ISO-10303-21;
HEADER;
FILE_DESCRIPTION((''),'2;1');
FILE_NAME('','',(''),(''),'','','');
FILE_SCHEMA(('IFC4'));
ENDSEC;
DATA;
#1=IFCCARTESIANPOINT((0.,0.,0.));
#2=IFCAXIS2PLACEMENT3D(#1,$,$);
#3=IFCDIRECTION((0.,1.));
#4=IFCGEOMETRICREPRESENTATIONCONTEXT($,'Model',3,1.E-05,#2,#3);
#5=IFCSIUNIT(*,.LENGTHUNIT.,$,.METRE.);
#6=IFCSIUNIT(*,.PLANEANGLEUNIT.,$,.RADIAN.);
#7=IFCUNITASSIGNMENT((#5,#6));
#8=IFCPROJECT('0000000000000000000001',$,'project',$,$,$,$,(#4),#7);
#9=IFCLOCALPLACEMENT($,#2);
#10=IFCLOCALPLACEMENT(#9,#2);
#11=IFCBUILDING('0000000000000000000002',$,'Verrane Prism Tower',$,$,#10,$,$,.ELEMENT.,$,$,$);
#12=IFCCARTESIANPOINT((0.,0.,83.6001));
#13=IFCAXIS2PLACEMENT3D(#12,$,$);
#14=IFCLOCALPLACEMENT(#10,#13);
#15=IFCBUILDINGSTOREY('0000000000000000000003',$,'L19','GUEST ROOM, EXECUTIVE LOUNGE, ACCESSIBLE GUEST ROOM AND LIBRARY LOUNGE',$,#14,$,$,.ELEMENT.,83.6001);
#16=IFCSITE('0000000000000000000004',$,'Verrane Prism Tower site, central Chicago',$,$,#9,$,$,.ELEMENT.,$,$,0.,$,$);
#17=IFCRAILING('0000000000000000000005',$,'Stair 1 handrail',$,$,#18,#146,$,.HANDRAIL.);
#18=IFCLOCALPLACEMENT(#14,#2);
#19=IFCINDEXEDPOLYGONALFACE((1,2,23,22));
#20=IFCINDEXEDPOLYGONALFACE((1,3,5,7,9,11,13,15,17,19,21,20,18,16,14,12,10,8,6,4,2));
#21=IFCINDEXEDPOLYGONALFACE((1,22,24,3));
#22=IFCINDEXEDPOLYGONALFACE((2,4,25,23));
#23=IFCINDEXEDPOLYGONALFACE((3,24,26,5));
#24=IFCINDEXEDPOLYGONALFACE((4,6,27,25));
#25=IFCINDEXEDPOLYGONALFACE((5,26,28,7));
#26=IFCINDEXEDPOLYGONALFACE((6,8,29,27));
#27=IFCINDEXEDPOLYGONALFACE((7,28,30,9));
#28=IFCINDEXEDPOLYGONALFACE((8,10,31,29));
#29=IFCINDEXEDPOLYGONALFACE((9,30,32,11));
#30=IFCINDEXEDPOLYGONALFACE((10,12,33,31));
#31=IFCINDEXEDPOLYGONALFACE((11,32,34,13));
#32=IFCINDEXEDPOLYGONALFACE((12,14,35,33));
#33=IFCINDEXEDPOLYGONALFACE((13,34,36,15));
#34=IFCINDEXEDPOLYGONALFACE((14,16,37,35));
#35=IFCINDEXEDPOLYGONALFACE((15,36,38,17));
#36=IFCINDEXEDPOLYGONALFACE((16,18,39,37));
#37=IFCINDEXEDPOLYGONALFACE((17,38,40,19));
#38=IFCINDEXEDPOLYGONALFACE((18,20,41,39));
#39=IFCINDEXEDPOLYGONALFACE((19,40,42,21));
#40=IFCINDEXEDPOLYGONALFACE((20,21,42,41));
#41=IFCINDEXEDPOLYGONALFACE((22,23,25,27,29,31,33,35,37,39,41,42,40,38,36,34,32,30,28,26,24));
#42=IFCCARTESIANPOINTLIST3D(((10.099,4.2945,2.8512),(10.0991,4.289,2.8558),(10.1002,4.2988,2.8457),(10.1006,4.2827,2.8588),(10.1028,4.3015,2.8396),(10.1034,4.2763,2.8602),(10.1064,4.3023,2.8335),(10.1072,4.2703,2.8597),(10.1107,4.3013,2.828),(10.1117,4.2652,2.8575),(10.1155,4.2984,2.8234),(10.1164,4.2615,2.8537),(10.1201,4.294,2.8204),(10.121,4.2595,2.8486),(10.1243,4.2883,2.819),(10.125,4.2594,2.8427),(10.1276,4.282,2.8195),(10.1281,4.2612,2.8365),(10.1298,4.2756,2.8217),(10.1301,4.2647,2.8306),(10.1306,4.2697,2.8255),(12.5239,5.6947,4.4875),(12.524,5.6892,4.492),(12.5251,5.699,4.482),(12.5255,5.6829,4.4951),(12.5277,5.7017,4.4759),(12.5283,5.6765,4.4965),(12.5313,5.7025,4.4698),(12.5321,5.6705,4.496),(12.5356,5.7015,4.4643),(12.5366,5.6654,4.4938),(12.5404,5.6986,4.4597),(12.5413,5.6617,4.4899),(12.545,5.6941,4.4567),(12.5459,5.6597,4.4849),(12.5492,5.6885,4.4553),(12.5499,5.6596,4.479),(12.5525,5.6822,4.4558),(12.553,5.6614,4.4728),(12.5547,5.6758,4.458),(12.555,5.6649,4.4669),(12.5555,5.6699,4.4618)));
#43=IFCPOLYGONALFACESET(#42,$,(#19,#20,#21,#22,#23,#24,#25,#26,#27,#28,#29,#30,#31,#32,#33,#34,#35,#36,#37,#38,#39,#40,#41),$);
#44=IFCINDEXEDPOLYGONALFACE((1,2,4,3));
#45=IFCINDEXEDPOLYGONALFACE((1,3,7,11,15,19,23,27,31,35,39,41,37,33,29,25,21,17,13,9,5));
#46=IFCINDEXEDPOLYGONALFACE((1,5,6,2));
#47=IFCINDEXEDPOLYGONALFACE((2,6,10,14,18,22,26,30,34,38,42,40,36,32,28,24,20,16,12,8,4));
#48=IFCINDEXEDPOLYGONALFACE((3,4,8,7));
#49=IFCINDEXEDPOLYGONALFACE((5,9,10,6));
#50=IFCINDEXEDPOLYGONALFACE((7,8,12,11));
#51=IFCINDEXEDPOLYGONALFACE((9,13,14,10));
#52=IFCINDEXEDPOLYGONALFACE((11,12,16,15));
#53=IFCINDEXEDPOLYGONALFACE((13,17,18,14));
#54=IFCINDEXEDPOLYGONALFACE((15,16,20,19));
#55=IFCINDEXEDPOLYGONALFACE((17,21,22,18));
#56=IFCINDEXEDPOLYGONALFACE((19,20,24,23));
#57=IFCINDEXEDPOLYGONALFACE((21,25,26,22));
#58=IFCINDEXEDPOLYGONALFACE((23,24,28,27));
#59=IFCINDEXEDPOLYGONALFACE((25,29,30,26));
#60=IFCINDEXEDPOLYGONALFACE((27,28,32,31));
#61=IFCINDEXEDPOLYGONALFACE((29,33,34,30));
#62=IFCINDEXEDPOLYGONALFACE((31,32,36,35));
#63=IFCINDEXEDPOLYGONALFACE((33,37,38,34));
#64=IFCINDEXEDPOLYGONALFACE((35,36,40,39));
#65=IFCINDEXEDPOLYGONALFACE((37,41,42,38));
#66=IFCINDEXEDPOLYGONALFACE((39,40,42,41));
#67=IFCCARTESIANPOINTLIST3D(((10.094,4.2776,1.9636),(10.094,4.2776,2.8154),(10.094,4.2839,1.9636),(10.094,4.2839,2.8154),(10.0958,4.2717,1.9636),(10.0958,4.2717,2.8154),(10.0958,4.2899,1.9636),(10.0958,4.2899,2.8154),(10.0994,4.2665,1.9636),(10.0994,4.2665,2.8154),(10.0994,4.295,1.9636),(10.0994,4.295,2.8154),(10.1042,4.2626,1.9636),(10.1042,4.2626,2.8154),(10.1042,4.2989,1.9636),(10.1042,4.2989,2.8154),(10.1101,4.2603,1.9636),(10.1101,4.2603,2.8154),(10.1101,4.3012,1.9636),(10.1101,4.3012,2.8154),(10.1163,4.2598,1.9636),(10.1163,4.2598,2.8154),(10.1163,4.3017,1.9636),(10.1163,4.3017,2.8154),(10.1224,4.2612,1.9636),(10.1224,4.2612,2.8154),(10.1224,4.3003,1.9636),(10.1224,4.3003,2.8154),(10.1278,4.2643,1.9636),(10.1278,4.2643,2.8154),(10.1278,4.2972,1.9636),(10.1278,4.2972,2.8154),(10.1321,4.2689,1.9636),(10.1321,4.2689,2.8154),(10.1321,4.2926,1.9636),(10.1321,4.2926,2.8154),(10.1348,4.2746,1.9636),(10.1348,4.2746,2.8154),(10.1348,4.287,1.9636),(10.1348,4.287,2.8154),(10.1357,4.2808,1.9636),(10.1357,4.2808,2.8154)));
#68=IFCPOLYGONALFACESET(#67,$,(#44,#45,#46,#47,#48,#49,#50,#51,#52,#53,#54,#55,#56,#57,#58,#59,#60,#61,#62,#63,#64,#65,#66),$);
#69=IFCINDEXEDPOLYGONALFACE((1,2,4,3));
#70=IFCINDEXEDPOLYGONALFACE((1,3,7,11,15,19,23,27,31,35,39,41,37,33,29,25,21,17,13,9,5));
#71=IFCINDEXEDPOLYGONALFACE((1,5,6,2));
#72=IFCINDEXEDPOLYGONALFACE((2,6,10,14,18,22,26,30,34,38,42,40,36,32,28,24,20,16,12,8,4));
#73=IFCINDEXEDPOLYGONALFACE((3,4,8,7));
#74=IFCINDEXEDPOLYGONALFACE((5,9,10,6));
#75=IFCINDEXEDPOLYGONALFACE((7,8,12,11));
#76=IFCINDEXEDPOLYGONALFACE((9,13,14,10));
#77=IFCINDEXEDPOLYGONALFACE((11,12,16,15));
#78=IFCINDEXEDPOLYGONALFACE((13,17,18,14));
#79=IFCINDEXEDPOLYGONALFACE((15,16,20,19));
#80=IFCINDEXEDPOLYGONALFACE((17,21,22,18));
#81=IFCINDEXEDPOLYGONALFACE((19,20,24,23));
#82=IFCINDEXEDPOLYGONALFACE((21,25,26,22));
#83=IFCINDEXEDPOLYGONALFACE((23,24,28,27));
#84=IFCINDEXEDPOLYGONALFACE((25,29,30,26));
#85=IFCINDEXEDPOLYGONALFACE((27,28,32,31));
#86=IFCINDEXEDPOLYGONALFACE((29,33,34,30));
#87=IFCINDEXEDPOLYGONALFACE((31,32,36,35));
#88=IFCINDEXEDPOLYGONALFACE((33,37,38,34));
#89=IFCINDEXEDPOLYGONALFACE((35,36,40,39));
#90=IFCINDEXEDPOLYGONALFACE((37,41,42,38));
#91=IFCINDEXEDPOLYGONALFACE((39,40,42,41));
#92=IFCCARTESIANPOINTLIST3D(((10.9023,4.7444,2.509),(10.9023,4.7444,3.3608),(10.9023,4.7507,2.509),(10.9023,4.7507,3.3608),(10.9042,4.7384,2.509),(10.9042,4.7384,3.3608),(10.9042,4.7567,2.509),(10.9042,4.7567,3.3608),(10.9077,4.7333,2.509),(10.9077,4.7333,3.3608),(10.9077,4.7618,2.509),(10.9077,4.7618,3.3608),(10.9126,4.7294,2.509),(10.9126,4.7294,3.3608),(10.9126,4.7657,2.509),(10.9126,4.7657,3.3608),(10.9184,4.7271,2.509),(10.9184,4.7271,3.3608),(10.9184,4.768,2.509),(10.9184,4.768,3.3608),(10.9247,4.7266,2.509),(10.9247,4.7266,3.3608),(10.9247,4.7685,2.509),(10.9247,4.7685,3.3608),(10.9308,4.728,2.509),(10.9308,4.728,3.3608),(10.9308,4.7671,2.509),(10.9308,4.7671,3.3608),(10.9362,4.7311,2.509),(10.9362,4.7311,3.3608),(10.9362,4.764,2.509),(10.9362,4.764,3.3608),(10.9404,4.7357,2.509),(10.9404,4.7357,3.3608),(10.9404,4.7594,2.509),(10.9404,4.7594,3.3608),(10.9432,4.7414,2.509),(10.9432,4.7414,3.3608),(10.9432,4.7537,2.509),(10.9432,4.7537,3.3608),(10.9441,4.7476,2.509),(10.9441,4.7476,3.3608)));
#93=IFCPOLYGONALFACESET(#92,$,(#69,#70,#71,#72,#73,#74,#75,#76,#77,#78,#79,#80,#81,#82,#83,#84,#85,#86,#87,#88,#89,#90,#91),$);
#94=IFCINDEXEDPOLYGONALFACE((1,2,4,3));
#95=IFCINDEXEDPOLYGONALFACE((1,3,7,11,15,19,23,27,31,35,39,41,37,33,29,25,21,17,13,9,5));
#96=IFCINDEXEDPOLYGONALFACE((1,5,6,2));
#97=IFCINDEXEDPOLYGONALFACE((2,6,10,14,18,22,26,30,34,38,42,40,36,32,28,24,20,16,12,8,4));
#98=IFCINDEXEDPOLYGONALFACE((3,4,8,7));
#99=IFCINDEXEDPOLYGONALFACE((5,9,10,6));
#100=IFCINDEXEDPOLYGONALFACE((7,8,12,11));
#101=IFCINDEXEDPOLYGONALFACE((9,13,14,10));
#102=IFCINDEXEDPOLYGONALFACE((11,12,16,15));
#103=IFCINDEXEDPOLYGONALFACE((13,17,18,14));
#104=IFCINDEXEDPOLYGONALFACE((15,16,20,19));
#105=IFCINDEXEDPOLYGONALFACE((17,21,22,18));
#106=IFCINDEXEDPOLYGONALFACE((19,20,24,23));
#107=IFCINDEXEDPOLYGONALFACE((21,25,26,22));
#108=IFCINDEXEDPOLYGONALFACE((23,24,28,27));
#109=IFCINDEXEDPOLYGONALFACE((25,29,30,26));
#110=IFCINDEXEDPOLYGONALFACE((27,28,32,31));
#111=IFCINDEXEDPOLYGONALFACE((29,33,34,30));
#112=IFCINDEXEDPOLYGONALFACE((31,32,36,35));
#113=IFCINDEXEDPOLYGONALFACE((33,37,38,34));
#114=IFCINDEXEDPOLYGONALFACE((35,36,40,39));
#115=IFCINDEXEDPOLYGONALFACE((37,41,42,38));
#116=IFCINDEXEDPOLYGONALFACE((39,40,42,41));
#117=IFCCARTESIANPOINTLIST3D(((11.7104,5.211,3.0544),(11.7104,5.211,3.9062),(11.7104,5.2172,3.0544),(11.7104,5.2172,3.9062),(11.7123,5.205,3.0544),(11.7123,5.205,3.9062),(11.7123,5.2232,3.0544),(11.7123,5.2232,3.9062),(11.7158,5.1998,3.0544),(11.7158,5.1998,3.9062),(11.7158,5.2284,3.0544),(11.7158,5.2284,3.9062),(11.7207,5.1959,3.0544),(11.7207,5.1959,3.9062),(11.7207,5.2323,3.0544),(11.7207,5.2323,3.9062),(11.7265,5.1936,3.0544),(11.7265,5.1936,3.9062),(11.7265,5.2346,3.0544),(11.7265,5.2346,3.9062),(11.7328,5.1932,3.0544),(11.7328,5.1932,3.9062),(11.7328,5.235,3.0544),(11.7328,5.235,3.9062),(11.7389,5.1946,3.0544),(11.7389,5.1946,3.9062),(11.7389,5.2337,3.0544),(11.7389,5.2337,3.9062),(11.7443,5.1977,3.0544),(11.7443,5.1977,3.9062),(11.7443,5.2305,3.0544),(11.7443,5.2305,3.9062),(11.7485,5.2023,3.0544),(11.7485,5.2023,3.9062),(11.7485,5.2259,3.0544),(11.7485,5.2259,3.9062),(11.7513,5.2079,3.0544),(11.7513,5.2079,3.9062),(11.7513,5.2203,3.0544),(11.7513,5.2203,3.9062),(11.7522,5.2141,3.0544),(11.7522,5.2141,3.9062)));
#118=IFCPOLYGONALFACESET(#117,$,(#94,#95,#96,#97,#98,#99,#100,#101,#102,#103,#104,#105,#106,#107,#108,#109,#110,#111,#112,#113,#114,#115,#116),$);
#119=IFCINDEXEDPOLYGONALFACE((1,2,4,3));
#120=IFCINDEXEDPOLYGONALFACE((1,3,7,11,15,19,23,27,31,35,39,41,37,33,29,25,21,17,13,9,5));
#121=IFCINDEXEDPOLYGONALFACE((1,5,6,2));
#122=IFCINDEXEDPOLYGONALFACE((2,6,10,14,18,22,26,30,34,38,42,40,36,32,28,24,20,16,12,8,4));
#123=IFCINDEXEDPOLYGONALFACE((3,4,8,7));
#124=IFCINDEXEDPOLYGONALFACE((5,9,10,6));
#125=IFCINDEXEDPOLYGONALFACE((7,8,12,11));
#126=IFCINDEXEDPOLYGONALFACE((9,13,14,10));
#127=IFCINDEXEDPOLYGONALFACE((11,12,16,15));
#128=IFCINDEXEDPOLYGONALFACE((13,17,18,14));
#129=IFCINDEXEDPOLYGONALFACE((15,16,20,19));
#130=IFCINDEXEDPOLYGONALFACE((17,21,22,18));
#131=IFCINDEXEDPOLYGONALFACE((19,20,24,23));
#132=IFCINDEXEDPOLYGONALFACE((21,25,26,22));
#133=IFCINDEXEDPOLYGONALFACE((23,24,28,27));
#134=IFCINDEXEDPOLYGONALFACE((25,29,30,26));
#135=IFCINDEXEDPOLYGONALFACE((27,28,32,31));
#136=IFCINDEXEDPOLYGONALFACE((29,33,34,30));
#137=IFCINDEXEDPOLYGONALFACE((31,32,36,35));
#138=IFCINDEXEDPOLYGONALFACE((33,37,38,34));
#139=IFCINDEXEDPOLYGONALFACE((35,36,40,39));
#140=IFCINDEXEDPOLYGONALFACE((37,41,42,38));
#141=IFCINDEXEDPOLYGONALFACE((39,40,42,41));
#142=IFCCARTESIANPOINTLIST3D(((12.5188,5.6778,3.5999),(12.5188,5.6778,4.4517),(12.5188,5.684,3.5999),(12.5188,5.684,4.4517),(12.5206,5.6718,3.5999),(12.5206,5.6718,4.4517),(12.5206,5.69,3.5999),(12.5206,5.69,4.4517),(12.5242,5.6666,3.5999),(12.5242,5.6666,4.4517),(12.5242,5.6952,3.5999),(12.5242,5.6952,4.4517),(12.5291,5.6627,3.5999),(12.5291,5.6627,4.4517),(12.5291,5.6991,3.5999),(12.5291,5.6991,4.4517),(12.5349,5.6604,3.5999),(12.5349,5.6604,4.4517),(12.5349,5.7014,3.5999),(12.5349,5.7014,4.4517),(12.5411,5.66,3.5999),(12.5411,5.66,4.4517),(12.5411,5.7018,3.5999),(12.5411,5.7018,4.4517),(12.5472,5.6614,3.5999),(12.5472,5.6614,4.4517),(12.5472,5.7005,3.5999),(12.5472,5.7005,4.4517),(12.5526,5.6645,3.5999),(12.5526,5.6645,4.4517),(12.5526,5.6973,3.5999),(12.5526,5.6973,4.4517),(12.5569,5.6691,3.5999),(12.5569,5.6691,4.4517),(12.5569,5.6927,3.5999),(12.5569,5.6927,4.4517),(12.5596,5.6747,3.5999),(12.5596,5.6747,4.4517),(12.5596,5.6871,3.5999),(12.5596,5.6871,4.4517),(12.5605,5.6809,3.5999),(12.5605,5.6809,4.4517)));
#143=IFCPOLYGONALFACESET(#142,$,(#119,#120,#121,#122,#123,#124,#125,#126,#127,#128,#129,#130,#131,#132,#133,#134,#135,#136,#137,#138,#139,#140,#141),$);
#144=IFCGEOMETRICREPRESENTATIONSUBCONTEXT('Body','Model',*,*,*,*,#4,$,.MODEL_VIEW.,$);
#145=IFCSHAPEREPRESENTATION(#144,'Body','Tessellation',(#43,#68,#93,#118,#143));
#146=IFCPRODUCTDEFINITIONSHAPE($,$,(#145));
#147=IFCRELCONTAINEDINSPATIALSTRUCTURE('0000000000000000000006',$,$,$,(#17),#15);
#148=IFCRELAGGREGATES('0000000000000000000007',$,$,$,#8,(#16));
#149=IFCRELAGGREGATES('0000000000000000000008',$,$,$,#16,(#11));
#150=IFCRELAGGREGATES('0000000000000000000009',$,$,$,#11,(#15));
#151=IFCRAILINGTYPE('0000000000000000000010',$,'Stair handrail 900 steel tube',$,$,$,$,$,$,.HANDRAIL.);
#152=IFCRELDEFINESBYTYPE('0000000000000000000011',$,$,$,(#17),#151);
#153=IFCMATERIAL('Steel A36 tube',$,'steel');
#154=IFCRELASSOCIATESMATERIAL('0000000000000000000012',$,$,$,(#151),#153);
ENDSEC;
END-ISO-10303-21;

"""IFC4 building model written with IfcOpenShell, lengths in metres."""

from ifc_helpers import new_model, si_unit, direction, frame, origin, origin_2d, place, context, subcontext, project, spatial, circle, extrude, material, type_object, element, save


model = new_model("IFC4")

# Units and contexts
model_context = context("Model", 3, precision=1e-05, world=origin(), true_north=direction((0.0, 1.0)))
body_context = subcontext(model_context, "Body", "Model", "MODEL_VIEW")
ifc_project = project(units=[si_unit("LENGTHUNIT", "METRE"), si_unit("PLANEANGLEUNIT", "RADIAN")], contexts=[model_context])

# Site, building, storey
site_placement = place(None, origin())
site = spatial("IfcSite", under=ifc_project, at=site_placement, Name="Verrane Prism Tower site, central Chicago", CompositionType="ELEMENT", RefElevation=0.0)
building_placement = place(site_placement, origin())
building = spatial("IfcBuilding", under=site, at=building_placement, Name="Verrane Prism Tower", CompositionType="ELEMENT")
storey_placement = place(building_placement, frame((0.0, 0.0, 83.6001)))
storey = spatial("IfcBuildingStorey", under=building, at=storey_placement, Name="L19", Description="GUEST ROOM, EXECUTIVE LOUNGE, ACCESSIBLE GUEST ROOM AND LIBRARY LOUNGE", CompositionType="ELEMENT", Elevation=83.6001)

# Railing
ifc_material_1 = material(Name="Steel A36 tube", Category="steel")
railing_type_1 = type_object("IfcRailingType", Name="Stair handrail 900 steel tube", PredefinedType="HANDRAIL", material=ifc_material_1)
railing_1_placement = place(storey_placement, frame((10.1147, 4.2808, 1.9636)))
element("IfcRailing", 1, at=railing_1_placement, inside=storey, type_object=railing_type_1, Name="Stair 1 handrail", PredefinedType="HANDRAIL", context=body_context, shape_type="SweptSolid", body=[
    extrude(circle(Radius=0.0239, at=origin_2d()), frame((0.0, 0.0, 0.876), z_axis=(0.747694, 0.431738, 0.504535), x_axis=(-0.50005, 0.865997, 0.0)), (0.0, 0.0, 1.0), 3.2432),
    extrude(circle(Radius=0.021, at=origin_2d()), origin(), (0.0, 0.0, 1.0), 0.8518),
    extrude(circle(Radius=0.021, at=origin_2d()), frame((0.8083, 0.4668, 0.5454)), (0.0, 0.0, 1.0), 0.8518),
    extrude(circle(Radius=0.021, at=origin_2d()), frame((1.6165, 0.9333, 1.0908)), (0.0, 0.0, 1.0), 0.8518),
    extrude(circle(Radius=0.021, at=origin_2d()), frame((2.4248, 1.4001, 1.6362)), (0.0, 0.0, 1.0), 0.8518),
])

save(model, "model.ifc")
